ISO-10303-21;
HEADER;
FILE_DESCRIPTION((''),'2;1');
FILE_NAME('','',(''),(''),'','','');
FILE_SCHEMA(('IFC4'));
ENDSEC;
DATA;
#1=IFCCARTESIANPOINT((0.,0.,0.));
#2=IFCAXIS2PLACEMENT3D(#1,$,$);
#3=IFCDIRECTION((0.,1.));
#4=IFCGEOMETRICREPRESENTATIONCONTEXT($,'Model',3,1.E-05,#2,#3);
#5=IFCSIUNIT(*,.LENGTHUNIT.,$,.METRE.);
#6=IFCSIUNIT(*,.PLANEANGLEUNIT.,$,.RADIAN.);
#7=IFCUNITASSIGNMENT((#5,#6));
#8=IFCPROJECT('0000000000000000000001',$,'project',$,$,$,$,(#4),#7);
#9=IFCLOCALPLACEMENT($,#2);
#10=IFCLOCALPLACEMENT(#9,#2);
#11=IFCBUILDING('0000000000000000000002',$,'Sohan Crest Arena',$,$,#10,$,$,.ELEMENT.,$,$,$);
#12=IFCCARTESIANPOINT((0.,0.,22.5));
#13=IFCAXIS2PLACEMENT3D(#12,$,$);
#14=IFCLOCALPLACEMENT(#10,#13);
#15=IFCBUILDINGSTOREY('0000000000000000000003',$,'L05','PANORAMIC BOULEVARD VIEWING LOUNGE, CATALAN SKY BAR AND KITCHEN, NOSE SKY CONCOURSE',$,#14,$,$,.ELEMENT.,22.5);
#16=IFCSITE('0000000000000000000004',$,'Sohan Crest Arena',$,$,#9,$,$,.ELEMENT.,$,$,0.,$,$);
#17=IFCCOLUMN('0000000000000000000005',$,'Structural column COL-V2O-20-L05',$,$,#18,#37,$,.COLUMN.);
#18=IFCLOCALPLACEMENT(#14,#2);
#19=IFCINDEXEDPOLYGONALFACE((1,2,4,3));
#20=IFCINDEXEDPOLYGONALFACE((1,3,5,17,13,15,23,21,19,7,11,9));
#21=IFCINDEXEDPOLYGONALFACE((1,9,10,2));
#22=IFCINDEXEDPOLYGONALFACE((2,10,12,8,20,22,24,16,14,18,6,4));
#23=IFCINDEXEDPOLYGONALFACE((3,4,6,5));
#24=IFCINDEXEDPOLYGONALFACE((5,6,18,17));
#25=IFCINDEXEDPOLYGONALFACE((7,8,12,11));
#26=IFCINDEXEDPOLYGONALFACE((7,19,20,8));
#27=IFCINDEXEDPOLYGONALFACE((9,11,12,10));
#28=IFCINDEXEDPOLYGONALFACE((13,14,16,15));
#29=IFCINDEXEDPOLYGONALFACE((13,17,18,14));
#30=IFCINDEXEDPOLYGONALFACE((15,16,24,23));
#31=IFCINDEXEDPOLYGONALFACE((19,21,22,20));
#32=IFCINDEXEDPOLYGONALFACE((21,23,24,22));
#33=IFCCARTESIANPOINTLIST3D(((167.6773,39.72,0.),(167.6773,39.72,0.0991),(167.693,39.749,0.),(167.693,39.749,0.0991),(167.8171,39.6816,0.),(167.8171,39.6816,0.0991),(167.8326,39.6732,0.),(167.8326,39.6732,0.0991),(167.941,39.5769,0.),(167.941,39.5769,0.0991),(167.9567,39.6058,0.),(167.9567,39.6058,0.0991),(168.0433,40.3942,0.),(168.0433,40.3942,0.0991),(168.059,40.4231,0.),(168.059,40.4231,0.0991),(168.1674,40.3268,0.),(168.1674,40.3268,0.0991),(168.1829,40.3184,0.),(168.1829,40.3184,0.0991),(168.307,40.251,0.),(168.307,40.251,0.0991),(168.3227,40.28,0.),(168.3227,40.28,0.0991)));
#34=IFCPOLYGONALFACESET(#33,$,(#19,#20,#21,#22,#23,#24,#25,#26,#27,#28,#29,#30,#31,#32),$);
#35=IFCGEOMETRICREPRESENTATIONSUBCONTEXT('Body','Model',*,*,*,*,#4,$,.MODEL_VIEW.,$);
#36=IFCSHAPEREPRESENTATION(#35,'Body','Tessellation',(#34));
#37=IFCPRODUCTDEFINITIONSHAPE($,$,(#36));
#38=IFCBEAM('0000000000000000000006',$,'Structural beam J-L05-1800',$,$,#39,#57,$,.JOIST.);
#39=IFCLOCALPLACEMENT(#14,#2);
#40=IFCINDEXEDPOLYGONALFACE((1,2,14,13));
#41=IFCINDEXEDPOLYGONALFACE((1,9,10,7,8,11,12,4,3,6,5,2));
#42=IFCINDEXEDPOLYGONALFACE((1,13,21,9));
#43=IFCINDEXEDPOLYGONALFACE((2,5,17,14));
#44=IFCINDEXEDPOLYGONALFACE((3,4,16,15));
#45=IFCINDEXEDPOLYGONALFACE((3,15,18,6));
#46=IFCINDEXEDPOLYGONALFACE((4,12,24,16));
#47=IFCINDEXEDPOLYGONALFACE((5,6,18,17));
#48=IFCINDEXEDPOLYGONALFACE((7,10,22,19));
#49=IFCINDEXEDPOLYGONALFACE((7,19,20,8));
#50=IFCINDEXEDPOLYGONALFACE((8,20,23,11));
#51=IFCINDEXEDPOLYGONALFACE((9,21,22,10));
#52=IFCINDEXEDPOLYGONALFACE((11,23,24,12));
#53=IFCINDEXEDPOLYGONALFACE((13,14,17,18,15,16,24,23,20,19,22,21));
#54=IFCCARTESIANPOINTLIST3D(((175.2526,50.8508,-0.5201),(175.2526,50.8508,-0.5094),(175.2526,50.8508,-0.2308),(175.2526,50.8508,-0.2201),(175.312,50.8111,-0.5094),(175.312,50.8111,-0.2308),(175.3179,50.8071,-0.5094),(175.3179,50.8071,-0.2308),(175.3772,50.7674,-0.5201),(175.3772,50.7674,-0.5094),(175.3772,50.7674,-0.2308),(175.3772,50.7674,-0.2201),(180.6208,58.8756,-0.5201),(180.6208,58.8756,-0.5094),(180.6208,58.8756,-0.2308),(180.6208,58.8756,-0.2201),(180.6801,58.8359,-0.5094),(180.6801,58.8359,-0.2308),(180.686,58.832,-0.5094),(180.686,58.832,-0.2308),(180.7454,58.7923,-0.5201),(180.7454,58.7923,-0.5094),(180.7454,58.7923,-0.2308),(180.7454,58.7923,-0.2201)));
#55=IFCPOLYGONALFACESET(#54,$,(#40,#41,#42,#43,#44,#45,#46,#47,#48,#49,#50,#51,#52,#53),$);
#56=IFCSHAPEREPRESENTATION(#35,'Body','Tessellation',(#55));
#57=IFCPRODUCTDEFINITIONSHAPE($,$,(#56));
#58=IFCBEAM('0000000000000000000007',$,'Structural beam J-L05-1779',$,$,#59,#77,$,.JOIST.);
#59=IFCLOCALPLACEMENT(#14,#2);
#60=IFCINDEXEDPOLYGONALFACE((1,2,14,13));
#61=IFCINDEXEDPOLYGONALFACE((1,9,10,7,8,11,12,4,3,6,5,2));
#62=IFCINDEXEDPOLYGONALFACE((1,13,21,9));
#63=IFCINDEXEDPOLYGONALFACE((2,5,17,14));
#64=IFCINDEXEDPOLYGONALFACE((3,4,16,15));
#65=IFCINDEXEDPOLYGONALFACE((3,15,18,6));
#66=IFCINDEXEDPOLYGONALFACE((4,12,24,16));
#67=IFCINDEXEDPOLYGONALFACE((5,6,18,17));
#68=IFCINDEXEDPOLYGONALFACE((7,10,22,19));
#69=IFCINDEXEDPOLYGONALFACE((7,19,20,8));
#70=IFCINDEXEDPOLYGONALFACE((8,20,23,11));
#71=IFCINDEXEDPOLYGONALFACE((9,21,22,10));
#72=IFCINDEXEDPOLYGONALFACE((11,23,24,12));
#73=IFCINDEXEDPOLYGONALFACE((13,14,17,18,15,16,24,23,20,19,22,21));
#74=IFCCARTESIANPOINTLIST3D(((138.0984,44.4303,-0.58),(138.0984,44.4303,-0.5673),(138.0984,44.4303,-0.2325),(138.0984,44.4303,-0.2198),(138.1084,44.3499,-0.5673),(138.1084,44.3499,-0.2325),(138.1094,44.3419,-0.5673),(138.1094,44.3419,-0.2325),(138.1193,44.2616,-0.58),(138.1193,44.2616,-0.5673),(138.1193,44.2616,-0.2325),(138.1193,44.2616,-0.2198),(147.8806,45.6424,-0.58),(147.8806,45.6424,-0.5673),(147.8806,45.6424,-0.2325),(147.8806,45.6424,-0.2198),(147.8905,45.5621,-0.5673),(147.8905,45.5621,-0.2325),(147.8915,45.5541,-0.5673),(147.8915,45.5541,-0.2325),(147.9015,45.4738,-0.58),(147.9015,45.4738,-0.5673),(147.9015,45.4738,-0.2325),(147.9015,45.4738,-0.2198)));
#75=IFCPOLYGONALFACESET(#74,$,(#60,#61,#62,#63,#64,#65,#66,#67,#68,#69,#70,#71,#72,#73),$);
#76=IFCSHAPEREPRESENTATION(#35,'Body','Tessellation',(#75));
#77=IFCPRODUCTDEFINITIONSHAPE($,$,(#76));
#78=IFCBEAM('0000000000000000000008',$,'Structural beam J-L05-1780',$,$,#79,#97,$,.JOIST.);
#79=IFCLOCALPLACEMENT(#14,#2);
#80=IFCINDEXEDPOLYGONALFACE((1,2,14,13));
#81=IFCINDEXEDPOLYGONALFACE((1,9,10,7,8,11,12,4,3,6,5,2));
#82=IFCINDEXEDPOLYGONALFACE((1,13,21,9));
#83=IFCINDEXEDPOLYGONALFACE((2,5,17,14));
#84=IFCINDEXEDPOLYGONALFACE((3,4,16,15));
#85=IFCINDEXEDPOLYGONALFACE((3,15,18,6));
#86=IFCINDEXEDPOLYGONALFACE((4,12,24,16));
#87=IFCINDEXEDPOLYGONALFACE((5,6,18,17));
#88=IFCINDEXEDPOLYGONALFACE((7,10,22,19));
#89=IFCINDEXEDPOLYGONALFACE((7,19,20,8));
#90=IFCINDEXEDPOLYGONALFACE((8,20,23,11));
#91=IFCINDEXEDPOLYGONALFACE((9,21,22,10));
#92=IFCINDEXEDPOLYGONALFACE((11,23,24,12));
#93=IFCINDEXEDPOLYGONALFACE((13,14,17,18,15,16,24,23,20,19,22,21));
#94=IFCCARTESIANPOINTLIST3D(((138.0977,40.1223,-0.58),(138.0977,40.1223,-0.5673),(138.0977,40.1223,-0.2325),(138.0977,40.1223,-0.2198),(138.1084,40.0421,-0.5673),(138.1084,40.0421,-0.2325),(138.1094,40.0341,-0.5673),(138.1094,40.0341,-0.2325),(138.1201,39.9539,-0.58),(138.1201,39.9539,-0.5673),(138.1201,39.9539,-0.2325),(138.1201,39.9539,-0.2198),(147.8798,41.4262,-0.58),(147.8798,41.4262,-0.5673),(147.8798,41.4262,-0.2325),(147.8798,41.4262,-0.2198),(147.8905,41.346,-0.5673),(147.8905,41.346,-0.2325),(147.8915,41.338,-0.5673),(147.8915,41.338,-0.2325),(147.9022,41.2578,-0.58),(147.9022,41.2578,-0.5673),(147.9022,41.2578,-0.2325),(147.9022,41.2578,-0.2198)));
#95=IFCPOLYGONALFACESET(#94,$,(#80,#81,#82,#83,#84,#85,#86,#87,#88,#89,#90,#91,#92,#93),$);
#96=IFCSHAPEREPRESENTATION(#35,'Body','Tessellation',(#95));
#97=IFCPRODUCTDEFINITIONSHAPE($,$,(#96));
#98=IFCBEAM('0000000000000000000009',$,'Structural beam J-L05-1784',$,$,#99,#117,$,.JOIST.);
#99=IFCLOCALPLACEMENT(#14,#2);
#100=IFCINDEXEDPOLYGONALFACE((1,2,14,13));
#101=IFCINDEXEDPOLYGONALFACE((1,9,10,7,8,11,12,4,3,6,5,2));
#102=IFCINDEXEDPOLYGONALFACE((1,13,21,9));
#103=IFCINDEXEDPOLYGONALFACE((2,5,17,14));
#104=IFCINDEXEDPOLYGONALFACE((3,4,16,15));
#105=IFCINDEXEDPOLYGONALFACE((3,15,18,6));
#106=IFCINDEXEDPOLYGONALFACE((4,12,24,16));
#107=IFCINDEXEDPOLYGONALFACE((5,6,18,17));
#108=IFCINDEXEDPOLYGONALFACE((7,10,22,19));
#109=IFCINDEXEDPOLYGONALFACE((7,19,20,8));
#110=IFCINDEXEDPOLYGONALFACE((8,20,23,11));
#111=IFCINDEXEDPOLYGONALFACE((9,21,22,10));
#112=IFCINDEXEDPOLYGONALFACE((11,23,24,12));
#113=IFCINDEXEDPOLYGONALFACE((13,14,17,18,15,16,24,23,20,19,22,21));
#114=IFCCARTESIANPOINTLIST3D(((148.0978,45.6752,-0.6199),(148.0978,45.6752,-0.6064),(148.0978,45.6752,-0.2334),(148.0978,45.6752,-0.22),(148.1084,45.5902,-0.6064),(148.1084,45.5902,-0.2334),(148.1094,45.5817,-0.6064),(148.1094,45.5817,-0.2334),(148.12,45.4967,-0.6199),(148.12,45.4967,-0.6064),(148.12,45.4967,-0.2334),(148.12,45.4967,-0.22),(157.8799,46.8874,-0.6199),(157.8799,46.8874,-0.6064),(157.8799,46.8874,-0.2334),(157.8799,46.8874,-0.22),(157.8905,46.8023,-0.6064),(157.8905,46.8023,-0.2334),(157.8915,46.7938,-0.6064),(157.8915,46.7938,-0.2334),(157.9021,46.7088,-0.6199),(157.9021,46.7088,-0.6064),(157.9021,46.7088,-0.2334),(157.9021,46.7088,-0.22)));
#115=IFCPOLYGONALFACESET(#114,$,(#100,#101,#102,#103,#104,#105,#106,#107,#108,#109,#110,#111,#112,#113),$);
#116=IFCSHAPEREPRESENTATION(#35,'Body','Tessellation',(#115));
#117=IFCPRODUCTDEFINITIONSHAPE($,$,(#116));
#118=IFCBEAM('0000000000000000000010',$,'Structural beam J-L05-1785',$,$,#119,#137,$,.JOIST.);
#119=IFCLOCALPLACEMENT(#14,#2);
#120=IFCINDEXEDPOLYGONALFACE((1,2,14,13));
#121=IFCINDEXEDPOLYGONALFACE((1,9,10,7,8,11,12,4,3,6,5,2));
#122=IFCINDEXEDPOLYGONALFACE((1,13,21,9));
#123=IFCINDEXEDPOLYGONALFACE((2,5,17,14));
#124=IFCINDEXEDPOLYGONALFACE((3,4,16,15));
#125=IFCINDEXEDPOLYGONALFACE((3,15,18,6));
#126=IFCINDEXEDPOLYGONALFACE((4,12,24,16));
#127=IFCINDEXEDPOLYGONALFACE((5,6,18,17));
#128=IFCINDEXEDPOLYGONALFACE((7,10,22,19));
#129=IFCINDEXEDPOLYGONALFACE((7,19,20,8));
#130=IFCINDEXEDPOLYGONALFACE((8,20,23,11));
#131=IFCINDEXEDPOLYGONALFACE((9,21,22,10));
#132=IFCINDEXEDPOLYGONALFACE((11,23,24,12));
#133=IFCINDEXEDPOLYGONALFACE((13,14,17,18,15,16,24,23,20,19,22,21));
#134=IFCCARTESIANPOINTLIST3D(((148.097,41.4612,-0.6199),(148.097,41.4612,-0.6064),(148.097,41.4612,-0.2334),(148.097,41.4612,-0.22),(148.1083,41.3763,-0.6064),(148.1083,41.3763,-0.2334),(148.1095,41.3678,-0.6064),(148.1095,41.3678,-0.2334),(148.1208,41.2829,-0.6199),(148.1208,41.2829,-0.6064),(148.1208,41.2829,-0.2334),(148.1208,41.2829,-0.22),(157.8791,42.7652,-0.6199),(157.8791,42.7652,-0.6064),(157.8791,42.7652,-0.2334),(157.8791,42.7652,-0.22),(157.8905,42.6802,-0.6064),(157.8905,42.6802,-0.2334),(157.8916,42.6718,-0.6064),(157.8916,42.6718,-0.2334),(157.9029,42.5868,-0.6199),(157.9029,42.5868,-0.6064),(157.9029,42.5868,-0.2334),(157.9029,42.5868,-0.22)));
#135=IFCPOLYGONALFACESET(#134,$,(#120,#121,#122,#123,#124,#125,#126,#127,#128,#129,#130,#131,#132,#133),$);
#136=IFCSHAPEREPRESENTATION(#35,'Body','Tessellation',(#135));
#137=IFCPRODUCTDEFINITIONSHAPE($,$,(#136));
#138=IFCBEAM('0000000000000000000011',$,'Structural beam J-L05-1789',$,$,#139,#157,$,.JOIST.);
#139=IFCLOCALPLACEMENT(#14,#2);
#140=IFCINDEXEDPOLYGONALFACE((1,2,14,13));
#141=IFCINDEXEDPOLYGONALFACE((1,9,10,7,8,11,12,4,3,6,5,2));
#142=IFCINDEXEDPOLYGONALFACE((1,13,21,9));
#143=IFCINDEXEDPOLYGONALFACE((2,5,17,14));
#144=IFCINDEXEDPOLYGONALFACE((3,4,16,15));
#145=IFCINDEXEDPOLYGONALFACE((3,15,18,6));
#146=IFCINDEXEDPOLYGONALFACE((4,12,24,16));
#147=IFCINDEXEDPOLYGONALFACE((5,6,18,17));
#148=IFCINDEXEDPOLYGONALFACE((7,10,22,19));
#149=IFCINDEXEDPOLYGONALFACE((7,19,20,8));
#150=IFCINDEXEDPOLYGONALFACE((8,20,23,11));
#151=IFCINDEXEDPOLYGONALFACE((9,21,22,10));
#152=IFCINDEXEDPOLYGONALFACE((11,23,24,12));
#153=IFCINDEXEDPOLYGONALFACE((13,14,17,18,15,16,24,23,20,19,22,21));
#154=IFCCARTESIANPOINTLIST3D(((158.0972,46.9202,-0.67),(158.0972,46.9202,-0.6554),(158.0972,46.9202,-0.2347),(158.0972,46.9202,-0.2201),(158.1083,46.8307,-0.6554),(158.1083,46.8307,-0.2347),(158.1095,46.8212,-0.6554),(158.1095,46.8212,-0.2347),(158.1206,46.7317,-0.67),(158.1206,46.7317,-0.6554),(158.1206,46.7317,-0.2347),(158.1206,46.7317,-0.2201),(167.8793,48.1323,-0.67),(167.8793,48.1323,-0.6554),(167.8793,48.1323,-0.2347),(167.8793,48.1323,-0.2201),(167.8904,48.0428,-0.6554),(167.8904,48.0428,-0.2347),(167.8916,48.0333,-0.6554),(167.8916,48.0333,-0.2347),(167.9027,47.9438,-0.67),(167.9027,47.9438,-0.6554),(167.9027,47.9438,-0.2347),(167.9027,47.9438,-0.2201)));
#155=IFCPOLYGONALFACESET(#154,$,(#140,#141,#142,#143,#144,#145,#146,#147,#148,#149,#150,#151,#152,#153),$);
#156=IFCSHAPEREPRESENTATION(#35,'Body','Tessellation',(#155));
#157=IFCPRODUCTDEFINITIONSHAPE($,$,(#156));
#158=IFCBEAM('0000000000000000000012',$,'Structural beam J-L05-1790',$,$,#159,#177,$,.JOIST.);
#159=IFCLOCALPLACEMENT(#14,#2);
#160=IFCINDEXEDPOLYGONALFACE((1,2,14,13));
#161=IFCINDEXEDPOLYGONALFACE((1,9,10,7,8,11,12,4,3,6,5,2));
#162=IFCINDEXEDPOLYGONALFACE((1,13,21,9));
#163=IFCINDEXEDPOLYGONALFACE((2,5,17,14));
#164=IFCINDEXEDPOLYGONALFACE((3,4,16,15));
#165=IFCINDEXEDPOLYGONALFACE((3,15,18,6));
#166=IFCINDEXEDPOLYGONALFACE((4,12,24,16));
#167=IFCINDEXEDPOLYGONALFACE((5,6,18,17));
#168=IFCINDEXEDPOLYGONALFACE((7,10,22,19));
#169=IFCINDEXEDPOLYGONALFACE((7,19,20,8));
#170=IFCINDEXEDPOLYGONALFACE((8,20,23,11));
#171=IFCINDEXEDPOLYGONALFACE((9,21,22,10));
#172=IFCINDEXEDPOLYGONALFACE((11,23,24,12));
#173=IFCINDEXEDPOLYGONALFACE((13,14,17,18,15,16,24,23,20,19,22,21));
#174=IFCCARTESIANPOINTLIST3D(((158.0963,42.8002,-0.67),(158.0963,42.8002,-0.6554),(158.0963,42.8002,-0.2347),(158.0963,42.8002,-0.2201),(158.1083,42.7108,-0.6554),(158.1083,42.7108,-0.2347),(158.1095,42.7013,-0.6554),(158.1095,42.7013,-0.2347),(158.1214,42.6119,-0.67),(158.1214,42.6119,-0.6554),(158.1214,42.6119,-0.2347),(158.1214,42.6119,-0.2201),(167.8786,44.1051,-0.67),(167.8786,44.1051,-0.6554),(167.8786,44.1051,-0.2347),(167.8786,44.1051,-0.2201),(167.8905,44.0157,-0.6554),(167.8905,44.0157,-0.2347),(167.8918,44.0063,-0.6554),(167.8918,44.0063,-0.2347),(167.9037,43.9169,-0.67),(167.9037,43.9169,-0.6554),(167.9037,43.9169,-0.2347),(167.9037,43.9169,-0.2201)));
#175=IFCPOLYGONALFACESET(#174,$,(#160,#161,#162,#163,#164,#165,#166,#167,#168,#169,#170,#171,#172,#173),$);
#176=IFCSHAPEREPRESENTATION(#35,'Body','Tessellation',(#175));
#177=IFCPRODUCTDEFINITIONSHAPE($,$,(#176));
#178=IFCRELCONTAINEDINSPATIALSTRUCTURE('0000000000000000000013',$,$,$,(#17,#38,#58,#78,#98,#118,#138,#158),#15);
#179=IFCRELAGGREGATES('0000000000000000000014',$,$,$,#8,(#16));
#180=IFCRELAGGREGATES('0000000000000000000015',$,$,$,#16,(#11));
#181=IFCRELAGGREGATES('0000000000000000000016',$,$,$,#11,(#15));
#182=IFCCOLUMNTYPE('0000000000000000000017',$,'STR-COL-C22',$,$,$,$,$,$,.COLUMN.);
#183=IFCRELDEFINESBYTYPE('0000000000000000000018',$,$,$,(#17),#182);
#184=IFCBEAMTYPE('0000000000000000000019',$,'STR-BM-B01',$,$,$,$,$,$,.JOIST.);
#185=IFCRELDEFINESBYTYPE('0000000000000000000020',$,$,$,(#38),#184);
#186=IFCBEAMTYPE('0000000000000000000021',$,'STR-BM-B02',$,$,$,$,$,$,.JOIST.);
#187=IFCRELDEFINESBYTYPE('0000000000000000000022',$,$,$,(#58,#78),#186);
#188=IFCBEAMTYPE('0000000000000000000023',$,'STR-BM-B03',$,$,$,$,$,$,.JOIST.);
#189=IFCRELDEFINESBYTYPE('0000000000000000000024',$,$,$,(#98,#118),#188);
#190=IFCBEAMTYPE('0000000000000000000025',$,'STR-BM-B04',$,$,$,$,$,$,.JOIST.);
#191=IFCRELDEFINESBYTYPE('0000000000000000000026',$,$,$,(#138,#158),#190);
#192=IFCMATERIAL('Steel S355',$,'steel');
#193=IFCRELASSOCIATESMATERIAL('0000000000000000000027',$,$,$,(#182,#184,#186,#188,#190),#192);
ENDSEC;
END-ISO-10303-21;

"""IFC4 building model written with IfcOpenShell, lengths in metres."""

from ifc_helpers import new_model, si_unit, direction, frame, origin, origin_2d, place, context, subcontext, project, spatial, i_section, extrude, material, material_profile, profile_set, type_object, element, save


model = new_model("IFC4")

# Units and contexts
model_context = context("Model", 3, precision=1e-05, world=origin(), true_north=direction((0.0, 1.0)))
body_context = subcontext(model_context, "Body", "Model", "MODEL_VIEW")
ifc_project = project(units=[si_unit("LENGTHUNIT", "METRE"), si_unit("PLANEANGLEUNIT", "RADIAN")], contexts=[model_context])

# Site, building, storey
site_placement = place(None, origin())
site = spatial("IfcSite", under=ifc_project, at=site_placement, Name="Sohan Crest Arena", CompositionType="ELEMENT", RefElevation=0.0)
building_placement = place(site_placement, origin())
building = spatial("IfcBuilding", under=site, at=building_placement, Name="Sohan Crest Arena", CompositionType="ELEMENT")
storey_placement = place(building_placement, frame((0.0, 0.0, 22.5)))
storey = spatial("IfcBuildingStorey", under=building, at=storey_placement, Name="L05", Description="PANORAMIC BOULEVARD VIEWING LOUNGE, CATALAN SKY BAR AND KITCHEN, NOSE SKY CONCOURSE", CompositionType="ELEMENT", Elevation=22.5)

# Column
ifc_material_1 = material(Name="Steel S355", Category="steel")
ifc_material_profile_1 = material_profile(ifc_material_1, i_section(OverallWidth=0.3, OverallDepth=0.8, WebThickness=0.0176, FlangeThickness=0.033, at=origin_2d()), Name="HEB 800")
ifc_profile_set_1 = profile_set([ifc_material_profile_1], Name="Steel S355")
column_type = type_object("IfcColumnType", Name="STR-COL-C22", PredefinedType="COLUMN", material=ifc_profile_set_1)
column_placement = place(storey_placement, frame((168.0, 40.0, 0.0), z_axis=(0.0, 0.0, 1.0), x_axis=(-0.878817, 0.477159, 0.0)))
element("IfcColumn", 1, at=column_placement, inside=storey, type_object=column_type, Name="Structural column COL-V2O-20-L05", PredefinedType="COLUMN", context=body_context, shape_type="SweptSolid", body=[
    extrude(i_section(OverallWidth=0.3, OverallDepth=0.8, WebThickness=0.0176, FlangeThickness=0.033, at=origin_2d()), origin(), (0.0, 0.0, 1.0), 0.0991),
])

# Beams
ifc_material_profile_2 = material_profile(ifc_material_1, i_section(OverallWidth=0.1499, OverallDepth=0.3, WebThickness=0.0071, FlangeThickness=0.0107, at=origin_2d()), Name="IPE 300")
ifc_profile_set_2 = profile_set([ifc_material_profile_2], Name="Steel S355")
beam_type_1 = type_object("IfcBeamType", Name="STR-BM-B01", PredefinedType="JOIST", material=ifc_profile_set_2)
beam_1_placement = place(storey_placement, frame((175.3149, 50.8091, -0.3701), z_axis=(0.556007, 0.831178, 0.0), x_axis=(-0.831178, 0.556007, 0.0)))
element("IfcBeam", 2, at=beam_1_placement, inside=storey, type_object=beam_type_1, Name="Structural beam J-L05-1800", PredefinedType="JOIST", context=body_context, shape_type="SweptSolid", body=[
    extrude(i_section(OverallWidth=0.1499, OverallDepth=0.3, WebThickness=0.0071, FlangeThickness=0.0107, at=origin_2d()), origin(), (0.0, 0.0, 1.0), 9.6548),
])
ifc_material_profile_3 = material_profile(ifc_material_1, i_section(OverallWidth=0.1699, OverallDepth=0.3601, WebThickness=0.0081, FlangeThickness=0.0127, at=origin_2d()), Name="IPE 360")
ifc_profile_set_3 = profile_set([ifc_material_profile_3], Name="Steel S355")
beam_type_2 = type_object("IfcBeamType", Name="STR-BM-B02", PredefinedType="JOIST", material=ifc_profile_set_3)
beam_2_placement = place(storey_placement, frame((138.1089, 44.3459, -0.3999), z_axis=(0.99241, 0.122974, 0.0), x_axis=(-0.122974, 0.99241, 0.0)))
element("IfcBeam", 3, at=beam_2_placement, inside=storey, type_object=beam_type_2, Name="Structural beam J-L05-1779", PredefinedType="JOIST", context=body_context, shape_type="SweptSolid", body=[
    extrude(i_section(OverallWidth=0.1699, OverallDepth=0.3601, WebThickness=0.0081, FlangeThickness=0.0127, at=origin_2d()), origin(), (0.0, 0.0, 1.0), 9.8569),
])
beam_3_placement = place(storey_placement, frame((138.1089, 40.0381, -0.3999), z_axis=(0.991232, 0.13213, 0.0), x_axis=(-0.13213, 0.991232, 0.0)))
element("IfcBeam", 4, at=beam_3_placement, inside=storey, type_object=beam_type_2, Name="Structural beam J-L05-1780", PredefinedType="JOIST", context=body_context, shape_type="SweptSolid", body=[
    extrude(i_section(OverallWidth=0.1699, OverallDepth=0.3601, WebThickness=0.0081, FlangeThickness=0.0127, at=origin_2d()), origin(), (0.0, 0.0, 1.0), 9.8687),
])
ifc_material_profile_4 = material_profile(ifc_material_1, i_section(OverallWidth=0.1799, OverallDepth=0.3999, WebThickness=0.0085, FlangeThickness=0.0134, at=origin_2d()), Name="IPE 400")
ifc_profile_set_4 = profile_set([ifc_material_profile_4], Name="Steel S355")
beam_type_3 = type_object("IfcBeamType", Name="STR-BM-B03", PredefinedType="JOIST", material=ifc_profile_set_4)
beam_4_placement = place(storey_placement, frame((148.1089, 45.5859, -0.4199), z_axis=(0.99241, 0.122974, 0.0), x_axis=(-0.122974, 0.99241, 0.0)))
element("IfcBeam", 5, at=beam_4_placement, inside=storey, type_object=beam_type_3, Name="Structural beam J-L05-1784", PredefinedType="JOIST", context=body_context, shape_type="SweptSolid", body=[
    extrude(i_section(OverallWidth=0.1799, OverallDepth=0.3999, WebThickness=0.0085, FlangeThickness=0.0134, at=origin_2d()), origin(), (0.0, 0.0, 1.0), 9.8569),
])
beam_5_placement = place(storey_placement, frame((148.1089, 41.3721, -0.4199), z_axis=(0.991232, 0.13213, 0.0), x_axis=(-0.13213, 0.991232, 0.0)))
element("IfcBeam", 6, at=beam_5_placement, inside=storey, type_object=beam_type_3, Name="Structural beam J-L05-1785", PredefinedType="JOIST", context=body_context, shape_type="SweptSolid", body=[
    extrude(i_section(OverallWidth=0.1799, OverallDepth=0.3999, WebThickness=0.0085, FlangeThickness=0.0134, at=origin_2d()), origin(), (0.0, 0.0, 1.0), 9.8687),
])
ifc_material_profile_5 = material_profile(ifc_material_1, i_section(OverallWidth=0.1899, OverallDepth=0.45, WebThickness=0.0095, FlangeThickness=0.0146, at=origin_2d()), Name="IPE 450")
ifc_profile_set_5 = profile_set([ifc_material_profile_5], Name="Steel S355")
beam_type_4 = type_object("IfcBeamType", Name="STR-BM-B04", PredefinedType="JOIST", material=ifc_profile_set_5)
beam_6_placement = place(storey_placement, frame((158.1089, 46.8259, -0.4451), z_axis=(0.99241, 0.122974, 0.0), x_axis=(-0.122974, 0.99241, 0.0)))
element("IfcBeam", 7, at=beam_6_placement, inside=storey, type_object=beam_type_4, Name="Structural beam J-L05-1789", PredefinedType="JOIST", context=body_context, shape_type="SweptSolid", body=[
    extrude(i_section(OverallWidth=0.1899, OverallDepth=0.45, WebThickness=0.0095, FlangeThickness=0.0146, at=origin_2d()), origin(), (0.0, 0.0, 1.0), 9.8569),
])
beam_7_placement = place(storey_placement, frame((158.1089, 42.7061, -0.4451), z_axis=(0.991219, 0.132227, 0.0), x_axis=(-0.132227, 0.991219, 0.0)))
element("IfcBeam", 8, at=beam_7_placement, inside=storey, type_object=beam_type_4, Name="Structural beam J-L05-1790", PredefinedType="JOIST", context=body_context, shape_type="SweptSolid", body=[
    extrude(i_section(OverallWidth=0.1899, OverallDepth=0.45, WebThickness=0.0095, FlangeThickness=0.0146, at=origin_2d()), origin(), (0.0, 0.0, 1.0), 9.8689),
])

save(model, "model.ifc")
